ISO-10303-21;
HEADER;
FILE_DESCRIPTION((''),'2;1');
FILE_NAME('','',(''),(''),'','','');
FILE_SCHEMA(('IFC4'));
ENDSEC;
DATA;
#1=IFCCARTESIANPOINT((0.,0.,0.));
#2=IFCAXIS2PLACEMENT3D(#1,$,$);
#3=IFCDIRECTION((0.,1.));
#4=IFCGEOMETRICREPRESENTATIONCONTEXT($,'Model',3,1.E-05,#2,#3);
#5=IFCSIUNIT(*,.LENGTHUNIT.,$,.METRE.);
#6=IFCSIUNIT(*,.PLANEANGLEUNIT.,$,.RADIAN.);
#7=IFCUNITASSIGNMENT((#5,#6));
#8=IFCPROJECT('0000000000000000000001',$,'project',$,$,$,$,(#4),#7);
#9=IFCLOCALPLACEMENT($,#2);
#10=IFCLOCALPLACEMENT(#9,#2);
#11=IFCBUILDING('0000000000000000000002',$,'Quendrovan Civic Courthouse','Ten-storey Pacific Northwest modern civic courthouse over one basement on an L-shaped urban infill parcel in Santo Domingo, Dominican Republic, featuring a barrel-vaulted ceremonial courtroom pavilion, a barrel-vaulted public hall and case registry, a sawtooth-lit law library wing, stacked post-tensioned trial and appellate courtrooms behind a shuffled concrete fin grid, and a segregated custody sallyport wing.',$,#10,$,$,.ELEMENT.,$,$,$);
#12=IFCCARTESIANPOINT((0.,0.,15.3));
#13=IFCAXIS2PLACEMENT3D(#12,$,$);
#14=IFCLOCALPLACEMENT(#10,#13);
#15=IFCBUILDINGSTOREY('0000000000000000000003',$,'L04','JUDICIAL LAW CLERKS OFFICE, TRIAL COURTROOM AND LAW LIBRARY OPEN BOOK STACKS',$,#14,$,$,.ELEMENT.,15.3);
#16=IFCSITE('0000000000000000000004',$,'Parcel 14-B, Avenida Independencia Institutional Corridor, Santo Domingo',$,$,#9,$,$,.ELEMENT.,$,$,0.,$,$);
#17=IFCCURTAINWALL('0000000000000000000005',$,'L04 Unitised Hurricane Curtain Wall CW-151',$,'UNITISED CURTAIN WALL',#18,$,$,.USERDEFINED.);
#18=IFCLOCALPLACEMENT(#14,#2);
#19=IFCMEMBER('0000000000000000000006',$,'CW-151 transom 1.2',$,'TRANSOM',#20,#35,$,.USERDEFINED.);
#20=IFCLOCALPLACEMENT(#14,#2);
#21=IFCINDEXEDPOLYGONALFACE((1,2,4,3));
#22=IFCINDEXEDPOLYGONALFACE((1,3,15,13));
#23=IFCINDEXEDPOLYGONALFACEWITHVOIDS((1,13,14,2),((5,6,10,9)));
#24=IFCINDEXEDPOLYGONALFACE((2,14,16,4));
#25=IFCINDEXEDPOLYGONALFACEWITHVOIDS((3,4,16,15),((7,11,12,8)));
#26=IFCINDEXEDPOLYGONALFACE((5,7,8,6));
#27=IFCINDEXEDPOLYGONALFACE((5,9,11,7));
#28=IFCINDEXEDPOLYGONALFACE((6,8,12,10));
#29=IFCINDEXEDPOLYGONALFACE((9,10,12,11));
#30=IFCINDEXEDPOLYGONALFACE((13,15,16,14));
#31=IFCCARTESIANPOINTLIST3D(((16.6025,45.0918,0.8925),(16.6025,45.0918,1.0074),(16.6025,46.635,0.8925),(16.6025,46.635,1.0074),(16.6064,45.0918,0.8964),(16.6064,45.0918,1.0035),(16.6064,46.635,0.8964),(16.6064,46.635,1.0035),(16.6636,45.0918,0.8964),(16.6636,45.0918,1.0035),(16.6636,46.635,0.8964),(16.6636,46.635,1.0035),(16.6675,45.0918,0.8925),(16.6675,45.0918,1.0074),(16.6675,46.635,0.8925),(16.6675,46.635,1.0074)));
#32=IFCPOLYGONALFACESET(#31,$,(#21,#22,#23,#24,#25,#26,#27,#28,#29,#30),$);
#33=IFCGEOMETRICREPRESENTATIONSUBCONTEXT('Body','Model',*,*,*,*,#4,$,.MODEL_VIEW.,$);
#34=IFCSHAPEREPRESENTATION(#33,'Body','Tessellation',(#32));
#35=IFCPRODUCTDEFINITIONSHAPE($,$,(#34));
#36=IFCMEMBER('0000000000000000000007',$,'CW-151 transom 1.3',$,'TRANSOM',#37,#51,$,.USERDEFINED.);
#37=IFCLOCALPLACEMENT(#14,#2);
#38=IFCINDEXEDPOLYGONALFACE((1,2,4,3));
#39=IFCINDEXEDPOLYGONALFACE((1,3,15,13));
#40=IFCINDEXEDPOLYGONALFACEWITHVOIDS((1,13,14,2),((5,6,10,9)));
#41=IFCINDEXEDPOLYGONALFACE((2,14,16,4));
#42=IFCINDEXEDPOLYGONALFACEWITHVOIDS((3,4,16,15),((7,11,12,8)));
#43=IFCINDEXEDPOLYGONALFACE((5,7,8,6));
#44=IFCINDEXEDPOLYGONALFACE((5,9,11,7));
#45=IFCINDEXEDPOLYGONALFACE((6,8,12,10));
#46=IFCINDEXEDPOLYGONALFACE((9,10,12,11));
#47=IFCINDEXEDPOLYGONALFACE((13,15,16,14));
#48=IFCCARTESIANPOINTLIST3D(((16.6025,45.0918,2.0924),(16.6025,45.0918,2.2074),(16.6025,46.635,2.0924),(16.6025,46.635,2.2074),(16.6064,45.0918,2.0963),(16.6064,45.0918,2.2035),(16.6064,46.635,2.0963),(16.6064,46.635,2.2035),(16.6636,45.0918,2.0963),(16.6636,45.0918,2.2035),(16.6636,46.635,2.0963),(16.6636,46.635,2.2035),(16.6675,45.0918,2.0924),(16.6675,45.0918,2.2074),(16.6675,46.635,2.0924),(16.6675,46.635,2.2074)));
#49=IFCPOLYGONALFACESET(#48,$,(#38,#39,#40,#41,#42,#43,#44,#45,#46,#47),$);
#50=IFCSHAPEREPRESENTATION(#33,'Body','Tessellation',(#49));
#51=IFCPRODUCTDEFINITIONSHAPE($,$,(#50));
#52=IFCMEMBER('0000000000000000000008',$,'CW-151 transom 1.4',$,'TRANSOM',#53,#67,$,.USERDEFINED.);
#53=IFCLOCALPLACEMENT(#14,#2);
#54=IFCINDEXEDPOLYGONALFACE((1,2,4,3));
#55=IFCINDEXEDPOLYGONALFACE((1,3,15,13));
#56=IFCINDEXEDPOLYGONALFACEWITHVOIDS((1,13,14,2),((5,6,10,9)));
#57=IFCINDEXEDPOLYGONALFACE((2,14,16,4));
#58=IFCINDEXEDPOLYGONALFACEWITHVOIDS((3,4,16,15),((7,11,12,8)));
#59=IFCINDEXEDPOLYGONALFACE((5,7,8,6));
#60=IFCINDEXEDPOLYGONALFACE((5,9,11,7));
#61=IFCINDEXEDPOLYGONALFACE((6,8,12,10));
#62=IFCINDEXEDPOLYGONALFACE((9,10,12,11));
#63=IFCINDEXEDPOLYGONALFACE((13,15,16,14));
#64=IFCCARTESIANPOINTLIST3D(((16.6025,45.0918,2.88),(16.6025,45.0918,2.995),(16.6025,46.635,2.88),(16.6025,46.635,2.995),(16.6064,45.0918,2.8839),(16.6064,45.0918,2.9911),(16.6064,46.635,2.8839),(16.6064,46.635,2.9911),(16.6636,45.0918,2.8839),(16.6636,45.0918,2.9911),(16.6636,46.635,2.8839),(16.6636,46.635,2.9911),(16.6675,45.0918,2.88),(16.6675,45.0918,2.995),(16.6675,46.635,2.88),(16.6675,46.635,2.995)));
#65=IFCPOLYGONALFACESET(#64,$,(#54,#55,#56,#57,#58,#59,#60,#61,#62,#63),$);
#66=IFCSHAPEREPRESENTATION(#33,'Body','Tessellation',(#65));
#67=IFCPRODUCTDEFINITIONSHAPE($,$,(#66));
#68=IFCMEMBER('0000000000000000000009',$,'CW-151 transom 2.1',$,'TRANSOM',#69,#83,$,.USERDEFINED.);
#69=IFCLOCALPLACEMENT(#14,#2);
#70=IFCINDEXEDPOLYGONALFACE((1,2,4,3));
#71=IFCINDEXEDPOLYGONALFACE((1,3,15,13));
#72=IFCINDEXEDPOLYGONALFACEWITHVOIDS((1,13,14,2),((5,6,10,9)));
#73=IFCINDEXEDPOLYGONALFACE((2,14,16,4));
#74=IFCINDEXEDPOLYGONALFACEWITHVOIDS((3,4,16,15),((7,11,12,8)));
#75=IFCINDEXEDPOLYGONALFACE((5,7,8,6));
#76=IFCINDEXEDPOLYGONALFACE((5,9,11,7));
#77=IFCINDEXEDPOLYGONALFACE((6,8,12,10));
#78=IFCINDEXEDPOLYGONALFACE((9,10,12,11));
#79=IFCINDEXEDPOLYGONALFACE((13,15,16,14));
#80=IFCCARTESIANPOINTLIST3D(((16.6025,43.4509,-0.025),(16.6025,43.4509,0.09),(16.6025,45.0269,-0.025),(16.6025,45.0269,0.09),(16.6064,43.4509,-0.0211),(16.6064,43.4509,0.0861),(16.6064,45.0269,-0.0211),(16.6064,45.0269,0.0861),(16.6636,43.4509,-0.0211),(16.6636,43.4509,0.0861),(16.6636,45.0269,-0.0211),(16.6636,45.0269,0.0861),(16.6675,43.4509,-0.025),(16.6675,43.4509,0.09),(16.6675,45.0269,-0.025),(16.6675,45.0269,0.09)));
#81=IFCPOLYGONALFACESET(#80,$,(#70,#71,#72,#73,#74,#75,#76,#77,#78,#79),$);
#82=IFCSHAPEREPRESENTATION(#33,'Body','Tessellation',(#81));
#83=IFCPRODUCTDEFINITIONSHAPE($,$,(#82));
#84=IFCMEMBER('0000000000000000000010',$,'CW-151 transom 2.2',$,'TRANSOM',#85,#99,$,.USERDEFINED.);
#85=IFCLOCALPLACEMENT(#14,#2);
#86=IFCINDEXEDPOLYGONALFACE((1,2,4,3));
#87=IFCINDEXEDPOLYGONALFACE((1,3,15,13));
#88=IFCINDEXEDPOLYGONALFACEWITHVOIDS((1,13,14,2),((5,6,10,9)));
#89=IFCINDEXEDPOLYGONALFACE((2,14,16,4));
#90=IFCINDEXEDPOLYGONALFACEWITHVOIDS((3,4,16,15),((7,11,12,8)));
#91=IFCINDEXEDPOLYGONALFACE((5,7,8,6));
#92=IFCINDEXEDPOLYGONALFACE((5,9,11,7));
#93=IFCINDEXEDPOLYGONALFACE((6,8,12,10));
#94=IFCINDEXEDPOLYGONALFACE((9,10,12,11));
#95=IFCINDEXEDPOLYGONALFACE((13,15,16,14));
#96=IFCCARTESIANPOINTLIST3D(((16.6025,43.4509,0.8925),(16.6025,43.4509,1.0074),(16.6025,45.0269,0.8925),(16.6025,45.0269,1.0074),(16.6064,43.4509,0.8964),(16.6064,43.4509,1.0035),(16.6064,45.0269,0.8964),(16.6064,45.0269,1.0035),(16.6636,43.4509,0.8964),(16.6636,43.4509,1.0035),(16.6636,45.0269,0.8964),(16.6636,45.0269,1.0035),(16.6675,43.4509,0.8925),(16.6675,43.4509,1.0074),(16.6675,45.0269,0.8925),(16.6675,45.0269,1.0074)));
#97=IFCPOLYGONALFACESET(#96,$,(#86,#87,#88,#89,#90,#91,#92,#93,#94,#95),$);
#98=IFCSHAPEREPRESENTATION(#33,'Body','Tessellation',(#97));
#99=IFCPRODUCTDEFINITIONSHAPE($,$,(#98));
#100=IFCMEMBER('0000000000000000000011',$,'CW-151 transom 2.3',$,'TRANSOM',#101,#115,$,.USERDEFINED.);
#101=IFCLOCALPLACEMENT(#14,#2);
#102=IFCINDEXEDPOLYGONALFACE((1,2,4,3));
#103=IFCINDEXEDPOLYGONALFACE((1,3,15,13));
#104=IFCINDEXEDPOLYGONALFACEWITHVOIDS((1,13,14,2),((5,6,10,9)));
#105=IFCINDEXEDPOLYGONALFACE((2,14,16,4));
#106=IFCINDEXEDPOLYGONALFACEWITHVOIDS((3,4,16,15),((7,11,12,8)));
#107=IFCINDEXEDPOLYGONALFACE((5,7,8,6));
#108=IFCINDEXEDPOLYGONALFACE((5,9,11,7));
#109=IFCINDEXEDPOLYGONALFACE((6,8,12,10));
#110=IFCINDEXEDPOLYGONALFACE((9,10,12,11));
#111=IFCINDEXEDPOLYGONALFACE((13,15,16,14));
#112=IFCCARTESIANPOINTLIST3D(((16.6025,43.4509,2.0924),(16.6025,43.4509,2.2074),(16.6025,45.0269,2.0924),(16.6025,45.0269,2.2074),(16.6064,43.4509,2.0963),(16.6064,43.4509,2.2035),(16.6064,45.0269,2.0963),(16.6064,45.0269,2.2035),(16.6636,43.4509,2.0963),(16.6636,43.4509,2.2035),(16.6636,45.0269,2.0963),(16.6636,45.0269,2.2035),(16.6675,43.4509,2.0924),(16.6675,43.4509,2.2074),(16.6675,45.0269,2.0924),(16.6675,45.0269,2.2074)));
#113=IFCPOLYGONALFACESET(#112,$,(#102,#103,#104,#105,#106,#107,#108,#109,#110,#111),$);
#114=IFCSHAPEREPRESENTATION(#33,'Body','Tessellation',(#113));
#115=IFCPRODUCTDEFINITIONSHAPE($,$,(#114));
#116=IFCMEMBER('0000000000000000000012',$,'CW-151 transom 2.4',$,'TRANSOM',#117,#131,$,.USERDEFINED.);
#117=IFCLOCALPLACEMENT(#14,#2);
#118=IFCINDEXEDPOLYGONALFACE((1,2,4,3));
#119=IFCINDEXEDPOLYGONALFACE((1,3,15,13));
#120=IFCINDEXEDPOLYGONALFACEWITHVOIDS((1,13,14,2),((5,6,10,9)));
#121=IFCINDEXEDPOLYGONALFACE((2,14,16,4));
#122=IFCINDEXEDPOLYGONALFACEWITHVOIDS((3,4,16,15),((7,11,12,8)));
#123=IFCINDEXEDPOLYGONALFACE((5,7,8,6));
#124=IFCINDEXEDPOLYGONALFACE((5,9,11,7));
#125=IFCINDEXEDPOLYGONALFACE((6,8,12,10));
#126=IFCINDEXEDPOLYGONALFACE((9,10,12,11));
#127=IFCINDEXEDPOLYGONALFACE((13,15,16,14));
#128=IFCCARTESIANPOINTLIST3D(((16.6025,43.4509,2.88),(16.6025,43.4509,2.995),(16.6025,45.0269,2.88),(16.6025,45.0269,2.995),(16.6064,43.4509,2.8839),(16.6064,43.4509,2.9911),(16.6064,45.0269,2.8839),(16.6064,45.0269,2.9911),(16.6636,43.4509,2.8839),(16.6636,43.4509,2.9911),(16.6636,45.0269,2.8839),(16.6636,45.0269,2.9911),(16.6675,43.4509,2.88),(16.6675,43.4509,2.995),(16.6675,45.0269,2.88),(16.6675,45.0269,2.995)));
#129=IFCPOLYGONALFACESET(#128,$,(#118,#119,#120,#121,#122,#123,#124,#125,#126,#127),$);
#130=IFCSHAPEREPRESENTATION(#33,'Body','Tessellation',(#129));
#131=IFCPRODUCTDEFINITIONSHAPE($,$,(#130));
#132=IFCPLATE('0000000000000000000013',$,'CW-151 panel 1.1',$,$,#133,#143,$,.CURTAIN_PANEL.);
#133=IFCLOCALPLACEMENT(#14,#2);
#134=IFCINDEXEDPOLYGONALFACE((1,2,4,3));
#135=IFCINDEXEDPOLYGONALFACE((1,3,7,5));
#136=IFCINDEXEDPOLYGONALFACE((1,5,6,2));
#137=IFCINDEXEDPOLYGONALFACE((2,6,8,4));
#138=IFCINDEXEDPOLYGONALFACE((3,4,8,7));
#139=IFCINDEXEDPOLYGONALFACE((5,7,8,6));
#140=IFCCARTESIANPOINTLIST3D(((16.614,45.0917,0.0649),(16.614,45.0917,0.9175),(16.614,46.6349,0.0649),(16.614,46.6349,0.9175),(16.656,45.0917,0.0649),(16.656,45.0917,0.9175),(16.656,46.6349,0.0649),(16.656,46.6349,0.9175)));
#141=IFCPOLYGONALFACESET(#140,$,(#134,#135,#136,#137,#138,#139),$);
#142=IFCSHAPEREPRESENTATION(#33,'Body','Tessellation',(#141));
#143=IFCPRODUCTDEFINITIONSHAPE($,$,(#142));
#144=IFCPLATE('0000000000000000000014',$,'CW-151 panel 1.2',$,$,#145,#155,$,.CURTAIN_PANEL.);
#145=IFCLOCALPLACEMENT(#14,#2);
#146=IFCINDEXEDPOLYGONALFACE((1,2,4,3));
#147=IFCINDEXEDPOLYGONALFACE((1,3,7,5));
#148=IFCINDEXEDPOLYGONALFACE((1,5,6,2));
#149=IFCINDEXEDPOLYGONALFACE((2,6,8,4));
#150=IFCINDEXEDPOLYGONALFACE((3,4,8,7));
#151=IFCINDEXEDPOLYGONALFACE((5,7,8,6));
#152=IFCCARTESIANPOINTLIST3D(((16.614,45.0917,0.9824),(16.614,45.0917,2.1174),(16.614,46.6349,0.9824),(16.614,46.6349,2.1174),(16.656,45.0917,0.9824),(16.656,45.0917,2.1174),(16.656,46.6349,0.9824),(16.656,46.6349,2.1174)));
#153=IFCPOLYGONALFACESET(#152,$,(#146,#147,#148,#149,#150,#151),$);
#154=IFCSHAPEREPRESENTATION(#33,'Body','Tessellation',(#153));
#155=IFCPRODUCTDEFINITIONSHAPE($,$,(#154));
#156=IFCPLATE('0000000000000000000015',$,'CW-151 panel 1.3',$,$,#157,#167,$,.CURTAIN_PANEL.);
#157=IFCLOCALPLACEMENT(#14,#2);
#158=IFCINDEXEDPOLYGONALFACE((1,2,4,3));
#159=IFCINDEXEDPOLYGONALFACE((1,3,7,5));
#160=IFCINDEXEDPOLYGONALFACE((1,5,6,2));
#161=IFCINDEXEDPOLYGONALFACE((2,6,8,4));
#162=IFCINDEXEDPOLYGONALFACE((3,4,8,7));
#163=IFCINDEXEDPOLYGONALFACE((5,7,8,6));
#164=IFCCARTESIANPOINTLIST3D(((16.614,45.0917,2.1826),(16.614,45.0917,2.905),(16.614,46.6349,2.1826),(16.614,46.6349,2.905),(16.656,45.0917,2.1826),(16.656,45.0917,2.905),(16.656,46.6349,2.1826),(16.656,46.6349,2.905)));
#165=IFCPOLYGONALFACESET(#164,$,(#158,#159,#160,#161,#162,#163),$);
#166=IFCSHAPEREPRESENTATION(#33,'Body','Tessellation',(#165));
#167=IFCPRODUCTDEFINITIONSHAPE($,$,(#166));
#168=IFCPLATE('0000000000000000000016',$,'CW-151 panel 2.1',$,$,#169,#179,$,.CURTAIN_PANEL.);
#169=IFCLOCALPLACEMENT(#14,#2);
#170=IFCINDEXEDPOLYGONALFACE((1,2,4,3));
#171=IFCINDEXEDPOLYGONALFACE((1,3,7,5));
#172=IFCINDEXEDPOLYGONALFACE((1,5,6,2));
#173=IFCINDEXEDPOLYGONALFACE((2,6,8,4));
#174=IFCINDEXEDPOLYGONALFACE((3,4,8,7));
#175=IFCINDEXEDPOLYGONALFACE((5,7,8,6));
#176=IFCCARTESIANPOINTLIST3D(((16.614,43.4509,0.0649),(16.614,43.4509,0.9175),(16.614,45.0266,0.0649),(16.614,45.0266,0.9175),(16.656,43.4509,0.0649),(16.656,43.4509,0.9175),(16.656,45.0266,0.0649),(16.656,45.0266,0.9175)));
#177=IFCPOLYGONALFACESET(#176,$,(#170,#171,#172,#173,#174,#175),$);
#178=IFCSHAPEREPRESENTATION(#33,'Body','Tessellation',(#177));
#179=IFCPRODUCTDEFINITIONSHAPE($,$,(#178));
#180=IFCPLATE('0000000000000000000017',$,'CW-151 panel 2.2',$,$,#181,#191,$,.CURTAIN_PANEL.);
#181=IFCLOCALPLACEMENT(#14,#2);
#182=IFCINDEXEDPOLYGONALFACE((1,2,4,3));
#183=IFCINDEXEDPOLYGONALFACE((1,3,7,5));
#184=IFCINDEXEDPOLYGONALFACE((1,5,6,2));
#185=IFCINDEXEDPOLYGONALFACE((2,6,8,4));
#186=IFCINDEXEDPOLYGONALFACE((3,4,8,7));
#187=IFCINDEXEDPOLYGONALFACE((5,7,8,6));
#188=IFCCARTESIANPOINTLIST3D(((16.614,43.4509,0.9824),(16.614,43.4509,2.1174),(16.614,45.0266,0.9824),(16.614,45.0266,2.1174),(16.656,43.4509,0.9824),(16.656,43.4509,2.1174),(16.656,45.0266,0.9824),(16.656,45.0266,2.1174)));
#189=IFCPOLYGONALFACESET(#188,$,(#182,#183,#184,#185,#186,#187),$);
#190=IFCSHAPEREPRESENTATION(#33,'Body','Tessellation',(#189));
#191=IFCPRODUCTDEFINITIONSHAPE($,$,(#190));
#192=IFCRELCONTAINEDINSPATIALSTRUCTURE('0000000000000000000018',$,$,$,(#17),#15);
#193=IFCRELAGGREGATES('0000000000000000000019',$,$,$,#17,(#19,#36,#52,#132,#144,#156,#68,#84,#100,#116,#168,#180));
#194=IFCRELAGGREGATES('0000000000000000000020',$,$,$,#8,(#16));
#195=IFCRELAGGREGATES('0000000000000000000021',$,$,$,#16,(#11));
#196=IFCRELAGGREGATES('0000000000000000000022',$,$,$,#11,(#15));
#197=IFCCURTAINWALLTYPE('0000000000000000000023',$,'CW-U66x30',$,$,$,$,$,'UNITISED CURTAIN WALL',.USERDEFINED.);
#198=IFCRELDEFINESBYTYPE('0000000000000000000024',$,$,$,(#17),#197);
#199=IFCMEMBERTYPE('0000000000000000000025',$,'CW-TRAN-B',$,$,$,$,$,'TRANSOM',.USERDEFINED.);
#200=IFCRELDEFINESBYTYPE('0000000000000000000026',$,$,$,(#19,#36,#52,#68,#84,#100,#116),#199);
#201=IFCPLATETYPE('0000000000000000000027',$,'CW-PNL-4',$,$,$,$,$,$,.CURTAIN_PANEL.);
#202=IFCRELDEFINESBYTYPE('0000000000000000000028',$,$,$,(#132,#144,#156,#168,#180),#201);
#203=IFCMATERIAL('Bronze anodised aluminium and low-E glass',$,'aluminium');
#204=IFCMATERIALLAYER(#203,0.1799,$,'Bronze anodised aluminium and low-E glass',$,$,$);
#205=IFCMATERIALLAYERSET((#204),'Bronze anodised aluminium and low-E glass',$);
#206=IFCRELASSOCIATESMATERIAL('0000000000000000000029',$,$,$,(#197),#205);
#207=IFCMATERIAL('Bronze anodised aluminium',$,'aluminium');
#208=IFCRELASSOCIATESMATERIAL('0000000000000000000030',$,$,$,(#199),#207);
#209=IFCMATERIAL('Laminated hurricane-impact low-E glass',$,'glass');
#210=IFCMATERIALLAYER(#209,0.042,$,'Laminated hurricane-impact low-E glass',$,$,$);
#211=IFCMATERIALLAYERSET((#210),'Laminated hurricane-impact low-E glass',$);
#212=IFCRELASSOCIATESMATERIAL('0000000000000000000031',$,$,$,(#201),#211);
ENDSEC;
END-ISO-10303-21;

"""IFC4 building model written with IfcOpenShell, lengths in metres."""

from ifc_helpers import new_model, si_unit, direction, frame, origin, origin_2d, place, context, subcontext, project, spatial, rectangle, hollow_rectangle, extrude, material, layer, layer_set, material_profile, profile_set, type_object, element, aggregate, save


model = new_model("IFC4")

# Units and contexts
model_context = context("Model", 3, precision=1e-05, world=origin(), true_north=direction((0.0, 1.0)))
body_context = subcontext(model_context, "Body", "Model", "MODEL_VIEW")
ifc_project = project(units=[si_unit("LENGTHUNIT", "METRE"), si_unit("PLANEANGLEUNIT", "RADIAN")], contexts=[model_context])

# Site, building, storey
site_placement = place(None, origin())
site = spatial("IfcSite", under=ifc_project, at=site_placement, Name="Parcel 14-B, Avenida Independencia Institutional Corridor, Santo Domingo", CompositionType="ELEMENT", RefElevation=0.0)
building_placement = place(site_placement, origin())
building = spatial("IfcBuilding", under=site, at=building_placement, Name="Quendrovan Civic Courthouse", Description="Ten-storey Pacific Northwest modern civic courthouse over one basement on an L-shaped urban infill parcel in Santo Domingo, Dominican Republic, featuring a barrel-vaulted ceremonial courtroom pavilion, a barrel-vaulted public hall and case registry, a sawtooth-lit law library wing, stacked post-tensioned trial and appellate courtrooms behind a shuffled concrete fin grid, and a segregated custody sallyport wing.", CompositionType="ELEMENT")
storey_placement = place(building_placement, frame((0.0, 0.0, 15.3)))
storey = spatial("IfcBuildingStorey", under=building, at=storey_placement, Name="L04", Description="JUDICIAL LAW CLERKS OFFICE, TRIAL COURTROOM AND LAW LIBRARY OPEN BOOK STACKS", CompositionType="ELEMENT", Elevation=15.3)

# Curtain wall, members, plates
ifc_material_1 = material(Name="Bronze anodised aluminium and low-E glass", Category="aluminium")
ifc_layer_1 = layer(ifc_material_1, 0.1799, Name="Bronze anodised aluminium and low-E glass")
ifc_layer_set_1 = layer_set([ifc_layer_1], Name="Bronze anodised aluminium and low-E glass")
curtain_wall_type = type_object("IfcCurtainWallType", Name="CW-U66x30", ElementType="UNITISED CURTAIN WALL", PredefinedType="USERDEFINED", material=ifc_layer_set_1)
curtain_wall_placement = place(storey_placement, origin())
curtain_wall = element("IfcCurtainWall", 1, at=curtain_wall_placement, inside=storey, type_object=curtain_wall_type, Name="L04 Unitised Hurricane Curtain Wall CW-151", ObjectType="UNITISED CURTAIN WALL", PredefinedType="USERDEFINED")
ifc_material_2 = material(Name="Bronze anodised aluminium", Category="aluminium")
ifc_material_profile_1 = material_profile(ifc_material_2, hollow_rectangle(XDim=0.0649, YDim=0.115, WallThickness=0.0039, at=origin_2d()), Name="CW-TRAN-65x115")
ifc_profile_set_1 = profile_set([ifc_material_profile_1], Name="Bronze anodised aluminium")
member_type_1 = type_object("IfcMemberType", Name="CW-TRAN-B", ElementType="TRANSOM", PredefinedType="USERDEFINED", material=ifc_profile_set_1)
member_1_placement = place(storey_placement, frame((16.635, 46.635, 0.95), z_axis=(0.0, -1.0, 0.0), x_axis=(1.0, 0.0, 0.0)))
member_1 = element("IfcMember", 2, at=member_1_placement, type_object=member_type_1, Name="CW-151 transom 1.2", ObjectType="TRANSOM", PredefinedType="USERDEFINED", context=body_context, shape_type="SweptSolid", body=[
    extrude(hollow_rectangle(XDim=0.0649, YDim=0.115, WallThickness=0.0039, at=origin_2d()), origin(), (0.0, 0.0, 1.0), 1.5432),
])
member_2_placement = place(storey_placement, frame((16.635, 46.635, 2.1499), z_axis=(0.0, -1.0, 0.0), x_axis=(1.0, 0.0, 0.0)))
member_2 = element("IfcMember", 3, at=member_2_placement, type_object=member_type_1, Name="CW-151 transom 1.3", ObjectType="TRANSOM", PredefinedType="USERDEFINED", context=body_context, shape_type="SweptSolid", body=[
    extrude(hollow_rectangle(XDim=0.0649, YDim=0.115, WallThickness=0.0039, at=origin_2d()), origin(), (0.0, 0.0, 1.0), 1.5432),
])
member_3_placement = place(storey_placement, frame((16.635, 46.635, 2.9375), z_axis=(0.0, -1.0, 0.0), x_axis=(1.0, 0.0, 0.0)))
member_3 = element("IfcMember", 4, at=member_3_placement, type_object=member_type_1, Name="CW-151 transom 1.4", ObjectType="TRANSOM", PredefinedType="USERDEFINED", context=body_context, shape_type="SweptSolid", body=[
    extrude(hollow_rectangle(XDim=0.0649, YDim=0.115, WallThickness=0.0039, at=origin_2d()), origin(), (0.0, 0.0, 1.0), 1.5432),
])
member_4_placement = place(storey_placement, frame((16.635, 45.0269, 0.0325), z_axis=(0.0, -1.0, 0.0), x_axis=(1.0, 0.0, 0.0)))
member_4 = element("IfcMember", 5, at=member_4_placement, type_object=member_type_1, Name="CW-151 transom 2.1", ObjectType="TRANSOM", PredefinedType="USERDEFINED", context=body_context, shape_type="SweptSolid", body=[
    extrude(hollow_rectangle(XDim=0.0649, YDim=0.115, WallThickness=0.0039, at=origin_2d()), origin(), (0.0, 0.0, 1.0), 1.5759),
])
member_5_placement = place(storey_placement, frame((16.635, 45.0269, 0.95), z_axis=(0.0, -1.0, 0.0), x_axis=(1.0, 0.0, 0.0)))
member_5 = element("IfcMember", 6, at=member_5_placement, type_object=member_type_1, Name="CW-151 transom 2.2", ObjectType="TRANSOM", PredefinedType="USERDEFINED", context=body_context, shape_type="SweptSolid", body=[
    extrude(hollow_rectangle(XDim=0.0649, YDim=0.115, WallThickness=0.0039, at=origin_2d()), origin(), (0.0, 0.0, 1.0), 1.5759),
])
member_6_placement = place(storey_placement, frame((16.635, 45.0269, 2.1499), z_axis=(0.0, -1.0, 0.0), x_axis=(1.0, 0.0, 0.0)))
member_6 = element("IfcMember", 7, at=member_6_placement, type_object=member_type_1, Name="CW-151 transom 2.3", ObjectType="TRANSOM", PredefinedType="USERDEFINED", context=body_context, shape_type="SweptSolid", body=[
    extrude(hollow_rectangle(XDim=0.0649, YDim=0.115, WallThickness=0.0039, at=origin_2d()), origin(), (0.0, 0.0, 1.0), 1.5759),
])
member_7_placement = place(storey_placement, frame((16.635, 45.0269, 2.9375), z_axis=(0.0, -1.0, 0.0), x_axis=(1.0, 0.0, 0.0)))
member_7 = element("IfcMember", 8, at=member_7_placement, type_object=member_type_1, Name="CW-151 transom 2.4", ObjectType="TRANSOM", PredefinedType="USERDEFINED", context=body_context, shape_type="SweptSolid", body=[
    extrude(hollow_rectangle(XDim=0.0649, YDim=0.115, WallThickness=0.0039, at=origin_2d()), origin(), (0.0, 0.0, 1.0), 1.5759),
])
ifc_material_3 = material(Name="Laminated hurricane-impact low-E glass", Category="glass")
ifc_layer_2 = layer(ifc_material_3, 0.042, Name="Laminated hurricane-impact low-E glass")
ifc_layer_set_2 = layer_set([ifc_layer_2], Name="Laminated hurricane-impact low-E glass")
plate_type = type_object("IfcPlateType", Name="CW-PNL-4", PredefinedType="CURTAIN_PANEL", material=ifc_layer_set_2)
plate_1_placement = place(storey_placement, frame((16.635, 45.8633, 0.0649), z_axis=(0.0, 0.0, 1.0), x_axis=(0.0, -1.0, 0.0)))
plate_1 = element("IfcPlate", 9, at=plate_1_placement, type_object=plate_type, Name="CW-151 panel 1.1", PredefinedType="CURTAIN_PANEL", context=body_context, shape_type="SweptSolid", body=[
    extrude(rectangle(XDim=1.5432, YDim=0.042, at=origin_2d()), origin(), (0.0, 0.0, 1.0), 0.8525),
])
plate_2_placement = place(storey_placement, frame((16.635, 45.8633, 0.9824), z_axis=(0.0, 0.0, 1.0), x_axis=(0.0, -1.0, 0.0)))
plate_2 = element("IfcPlate", 10, at=plate_2_placement, type_object=plate_type, Name="CW-151 panel 1.2", PredefinedType="CURTAIN_PANEL", context=body_context, shape_type="SweptSolid", body=[
    extrude(rectangle(XDim=1.5432, YDim=0.042, at=origin_2d()), origin(), (0.0, 0.0, 1.0), 1.135),
])
plate_3_placement = place(storey_placement, frame((16.635, 45.8633, 2.1826), z_axis=(0.0, 0.0, 1.0), x_axis=(0.0, -1.0, 0.0)))
plate_3 = element("IfcPlate", 11, at=plate_3_placement, type_object=plate_type, Name="CW-151 panel 1.3", PredefinedType="CURTAIN_PANEL", context=body_context, shape_type="SweptSolid", body=[
    extrude(rectangle(XDim=1.5432, YDim=0.042, at=origin_2d()), origin(), (0.0, 0.0, 1.0), 0.7224),
])
plate_4_placement = place(storey_placement, frame((16.635, 44.2388, 0.0649), z_axis=(0.0, 0.0, 1.0), x_axis=(0.0, -1.0, 0.0)))
plate_4 = element("IfcPlate", 12, at=plate_4_placement, type_object=plate_type, Name="CW-151 panel 2.1", PredefinedType="CURTAIN_PANEL", context=body_context, shape_type="SweptSolid", body=[
    extrude(rectangle(XDim=1.5757, YDim=0.042, at=origin_2d()), origin(), (0.0, 0.0, 1.0), 0.8525),
])
plate_5_placement = place(storey_placement, frame((16.635, 44.2388, 0.9824), z_axis=(0.0, 0.0, 1.0), x_axis=(0.0, -1.0, 0.0)))
plate_5 = element("IfcPlate", 13, at=plate_5_placement, type_object=plate_type, Name="CW-151 panel 2.2", PredefinedType="CURTAIN_PANEL", context=body_context, shape_type="SweptSolid", body=[
    extrude(rectangle(XDim=1.5757, YDim=0.042, at=origin_2d()), origin(), (0.0, 0.0, 1.0), 1.135),
])
aggregate(curtain_wall, [member_1, member_2, member_3, plate_1, plate_2, plate_3, member_4, member_5, member_6, member_7, plate_4, plate_5])

save(model, "model.ifc")
